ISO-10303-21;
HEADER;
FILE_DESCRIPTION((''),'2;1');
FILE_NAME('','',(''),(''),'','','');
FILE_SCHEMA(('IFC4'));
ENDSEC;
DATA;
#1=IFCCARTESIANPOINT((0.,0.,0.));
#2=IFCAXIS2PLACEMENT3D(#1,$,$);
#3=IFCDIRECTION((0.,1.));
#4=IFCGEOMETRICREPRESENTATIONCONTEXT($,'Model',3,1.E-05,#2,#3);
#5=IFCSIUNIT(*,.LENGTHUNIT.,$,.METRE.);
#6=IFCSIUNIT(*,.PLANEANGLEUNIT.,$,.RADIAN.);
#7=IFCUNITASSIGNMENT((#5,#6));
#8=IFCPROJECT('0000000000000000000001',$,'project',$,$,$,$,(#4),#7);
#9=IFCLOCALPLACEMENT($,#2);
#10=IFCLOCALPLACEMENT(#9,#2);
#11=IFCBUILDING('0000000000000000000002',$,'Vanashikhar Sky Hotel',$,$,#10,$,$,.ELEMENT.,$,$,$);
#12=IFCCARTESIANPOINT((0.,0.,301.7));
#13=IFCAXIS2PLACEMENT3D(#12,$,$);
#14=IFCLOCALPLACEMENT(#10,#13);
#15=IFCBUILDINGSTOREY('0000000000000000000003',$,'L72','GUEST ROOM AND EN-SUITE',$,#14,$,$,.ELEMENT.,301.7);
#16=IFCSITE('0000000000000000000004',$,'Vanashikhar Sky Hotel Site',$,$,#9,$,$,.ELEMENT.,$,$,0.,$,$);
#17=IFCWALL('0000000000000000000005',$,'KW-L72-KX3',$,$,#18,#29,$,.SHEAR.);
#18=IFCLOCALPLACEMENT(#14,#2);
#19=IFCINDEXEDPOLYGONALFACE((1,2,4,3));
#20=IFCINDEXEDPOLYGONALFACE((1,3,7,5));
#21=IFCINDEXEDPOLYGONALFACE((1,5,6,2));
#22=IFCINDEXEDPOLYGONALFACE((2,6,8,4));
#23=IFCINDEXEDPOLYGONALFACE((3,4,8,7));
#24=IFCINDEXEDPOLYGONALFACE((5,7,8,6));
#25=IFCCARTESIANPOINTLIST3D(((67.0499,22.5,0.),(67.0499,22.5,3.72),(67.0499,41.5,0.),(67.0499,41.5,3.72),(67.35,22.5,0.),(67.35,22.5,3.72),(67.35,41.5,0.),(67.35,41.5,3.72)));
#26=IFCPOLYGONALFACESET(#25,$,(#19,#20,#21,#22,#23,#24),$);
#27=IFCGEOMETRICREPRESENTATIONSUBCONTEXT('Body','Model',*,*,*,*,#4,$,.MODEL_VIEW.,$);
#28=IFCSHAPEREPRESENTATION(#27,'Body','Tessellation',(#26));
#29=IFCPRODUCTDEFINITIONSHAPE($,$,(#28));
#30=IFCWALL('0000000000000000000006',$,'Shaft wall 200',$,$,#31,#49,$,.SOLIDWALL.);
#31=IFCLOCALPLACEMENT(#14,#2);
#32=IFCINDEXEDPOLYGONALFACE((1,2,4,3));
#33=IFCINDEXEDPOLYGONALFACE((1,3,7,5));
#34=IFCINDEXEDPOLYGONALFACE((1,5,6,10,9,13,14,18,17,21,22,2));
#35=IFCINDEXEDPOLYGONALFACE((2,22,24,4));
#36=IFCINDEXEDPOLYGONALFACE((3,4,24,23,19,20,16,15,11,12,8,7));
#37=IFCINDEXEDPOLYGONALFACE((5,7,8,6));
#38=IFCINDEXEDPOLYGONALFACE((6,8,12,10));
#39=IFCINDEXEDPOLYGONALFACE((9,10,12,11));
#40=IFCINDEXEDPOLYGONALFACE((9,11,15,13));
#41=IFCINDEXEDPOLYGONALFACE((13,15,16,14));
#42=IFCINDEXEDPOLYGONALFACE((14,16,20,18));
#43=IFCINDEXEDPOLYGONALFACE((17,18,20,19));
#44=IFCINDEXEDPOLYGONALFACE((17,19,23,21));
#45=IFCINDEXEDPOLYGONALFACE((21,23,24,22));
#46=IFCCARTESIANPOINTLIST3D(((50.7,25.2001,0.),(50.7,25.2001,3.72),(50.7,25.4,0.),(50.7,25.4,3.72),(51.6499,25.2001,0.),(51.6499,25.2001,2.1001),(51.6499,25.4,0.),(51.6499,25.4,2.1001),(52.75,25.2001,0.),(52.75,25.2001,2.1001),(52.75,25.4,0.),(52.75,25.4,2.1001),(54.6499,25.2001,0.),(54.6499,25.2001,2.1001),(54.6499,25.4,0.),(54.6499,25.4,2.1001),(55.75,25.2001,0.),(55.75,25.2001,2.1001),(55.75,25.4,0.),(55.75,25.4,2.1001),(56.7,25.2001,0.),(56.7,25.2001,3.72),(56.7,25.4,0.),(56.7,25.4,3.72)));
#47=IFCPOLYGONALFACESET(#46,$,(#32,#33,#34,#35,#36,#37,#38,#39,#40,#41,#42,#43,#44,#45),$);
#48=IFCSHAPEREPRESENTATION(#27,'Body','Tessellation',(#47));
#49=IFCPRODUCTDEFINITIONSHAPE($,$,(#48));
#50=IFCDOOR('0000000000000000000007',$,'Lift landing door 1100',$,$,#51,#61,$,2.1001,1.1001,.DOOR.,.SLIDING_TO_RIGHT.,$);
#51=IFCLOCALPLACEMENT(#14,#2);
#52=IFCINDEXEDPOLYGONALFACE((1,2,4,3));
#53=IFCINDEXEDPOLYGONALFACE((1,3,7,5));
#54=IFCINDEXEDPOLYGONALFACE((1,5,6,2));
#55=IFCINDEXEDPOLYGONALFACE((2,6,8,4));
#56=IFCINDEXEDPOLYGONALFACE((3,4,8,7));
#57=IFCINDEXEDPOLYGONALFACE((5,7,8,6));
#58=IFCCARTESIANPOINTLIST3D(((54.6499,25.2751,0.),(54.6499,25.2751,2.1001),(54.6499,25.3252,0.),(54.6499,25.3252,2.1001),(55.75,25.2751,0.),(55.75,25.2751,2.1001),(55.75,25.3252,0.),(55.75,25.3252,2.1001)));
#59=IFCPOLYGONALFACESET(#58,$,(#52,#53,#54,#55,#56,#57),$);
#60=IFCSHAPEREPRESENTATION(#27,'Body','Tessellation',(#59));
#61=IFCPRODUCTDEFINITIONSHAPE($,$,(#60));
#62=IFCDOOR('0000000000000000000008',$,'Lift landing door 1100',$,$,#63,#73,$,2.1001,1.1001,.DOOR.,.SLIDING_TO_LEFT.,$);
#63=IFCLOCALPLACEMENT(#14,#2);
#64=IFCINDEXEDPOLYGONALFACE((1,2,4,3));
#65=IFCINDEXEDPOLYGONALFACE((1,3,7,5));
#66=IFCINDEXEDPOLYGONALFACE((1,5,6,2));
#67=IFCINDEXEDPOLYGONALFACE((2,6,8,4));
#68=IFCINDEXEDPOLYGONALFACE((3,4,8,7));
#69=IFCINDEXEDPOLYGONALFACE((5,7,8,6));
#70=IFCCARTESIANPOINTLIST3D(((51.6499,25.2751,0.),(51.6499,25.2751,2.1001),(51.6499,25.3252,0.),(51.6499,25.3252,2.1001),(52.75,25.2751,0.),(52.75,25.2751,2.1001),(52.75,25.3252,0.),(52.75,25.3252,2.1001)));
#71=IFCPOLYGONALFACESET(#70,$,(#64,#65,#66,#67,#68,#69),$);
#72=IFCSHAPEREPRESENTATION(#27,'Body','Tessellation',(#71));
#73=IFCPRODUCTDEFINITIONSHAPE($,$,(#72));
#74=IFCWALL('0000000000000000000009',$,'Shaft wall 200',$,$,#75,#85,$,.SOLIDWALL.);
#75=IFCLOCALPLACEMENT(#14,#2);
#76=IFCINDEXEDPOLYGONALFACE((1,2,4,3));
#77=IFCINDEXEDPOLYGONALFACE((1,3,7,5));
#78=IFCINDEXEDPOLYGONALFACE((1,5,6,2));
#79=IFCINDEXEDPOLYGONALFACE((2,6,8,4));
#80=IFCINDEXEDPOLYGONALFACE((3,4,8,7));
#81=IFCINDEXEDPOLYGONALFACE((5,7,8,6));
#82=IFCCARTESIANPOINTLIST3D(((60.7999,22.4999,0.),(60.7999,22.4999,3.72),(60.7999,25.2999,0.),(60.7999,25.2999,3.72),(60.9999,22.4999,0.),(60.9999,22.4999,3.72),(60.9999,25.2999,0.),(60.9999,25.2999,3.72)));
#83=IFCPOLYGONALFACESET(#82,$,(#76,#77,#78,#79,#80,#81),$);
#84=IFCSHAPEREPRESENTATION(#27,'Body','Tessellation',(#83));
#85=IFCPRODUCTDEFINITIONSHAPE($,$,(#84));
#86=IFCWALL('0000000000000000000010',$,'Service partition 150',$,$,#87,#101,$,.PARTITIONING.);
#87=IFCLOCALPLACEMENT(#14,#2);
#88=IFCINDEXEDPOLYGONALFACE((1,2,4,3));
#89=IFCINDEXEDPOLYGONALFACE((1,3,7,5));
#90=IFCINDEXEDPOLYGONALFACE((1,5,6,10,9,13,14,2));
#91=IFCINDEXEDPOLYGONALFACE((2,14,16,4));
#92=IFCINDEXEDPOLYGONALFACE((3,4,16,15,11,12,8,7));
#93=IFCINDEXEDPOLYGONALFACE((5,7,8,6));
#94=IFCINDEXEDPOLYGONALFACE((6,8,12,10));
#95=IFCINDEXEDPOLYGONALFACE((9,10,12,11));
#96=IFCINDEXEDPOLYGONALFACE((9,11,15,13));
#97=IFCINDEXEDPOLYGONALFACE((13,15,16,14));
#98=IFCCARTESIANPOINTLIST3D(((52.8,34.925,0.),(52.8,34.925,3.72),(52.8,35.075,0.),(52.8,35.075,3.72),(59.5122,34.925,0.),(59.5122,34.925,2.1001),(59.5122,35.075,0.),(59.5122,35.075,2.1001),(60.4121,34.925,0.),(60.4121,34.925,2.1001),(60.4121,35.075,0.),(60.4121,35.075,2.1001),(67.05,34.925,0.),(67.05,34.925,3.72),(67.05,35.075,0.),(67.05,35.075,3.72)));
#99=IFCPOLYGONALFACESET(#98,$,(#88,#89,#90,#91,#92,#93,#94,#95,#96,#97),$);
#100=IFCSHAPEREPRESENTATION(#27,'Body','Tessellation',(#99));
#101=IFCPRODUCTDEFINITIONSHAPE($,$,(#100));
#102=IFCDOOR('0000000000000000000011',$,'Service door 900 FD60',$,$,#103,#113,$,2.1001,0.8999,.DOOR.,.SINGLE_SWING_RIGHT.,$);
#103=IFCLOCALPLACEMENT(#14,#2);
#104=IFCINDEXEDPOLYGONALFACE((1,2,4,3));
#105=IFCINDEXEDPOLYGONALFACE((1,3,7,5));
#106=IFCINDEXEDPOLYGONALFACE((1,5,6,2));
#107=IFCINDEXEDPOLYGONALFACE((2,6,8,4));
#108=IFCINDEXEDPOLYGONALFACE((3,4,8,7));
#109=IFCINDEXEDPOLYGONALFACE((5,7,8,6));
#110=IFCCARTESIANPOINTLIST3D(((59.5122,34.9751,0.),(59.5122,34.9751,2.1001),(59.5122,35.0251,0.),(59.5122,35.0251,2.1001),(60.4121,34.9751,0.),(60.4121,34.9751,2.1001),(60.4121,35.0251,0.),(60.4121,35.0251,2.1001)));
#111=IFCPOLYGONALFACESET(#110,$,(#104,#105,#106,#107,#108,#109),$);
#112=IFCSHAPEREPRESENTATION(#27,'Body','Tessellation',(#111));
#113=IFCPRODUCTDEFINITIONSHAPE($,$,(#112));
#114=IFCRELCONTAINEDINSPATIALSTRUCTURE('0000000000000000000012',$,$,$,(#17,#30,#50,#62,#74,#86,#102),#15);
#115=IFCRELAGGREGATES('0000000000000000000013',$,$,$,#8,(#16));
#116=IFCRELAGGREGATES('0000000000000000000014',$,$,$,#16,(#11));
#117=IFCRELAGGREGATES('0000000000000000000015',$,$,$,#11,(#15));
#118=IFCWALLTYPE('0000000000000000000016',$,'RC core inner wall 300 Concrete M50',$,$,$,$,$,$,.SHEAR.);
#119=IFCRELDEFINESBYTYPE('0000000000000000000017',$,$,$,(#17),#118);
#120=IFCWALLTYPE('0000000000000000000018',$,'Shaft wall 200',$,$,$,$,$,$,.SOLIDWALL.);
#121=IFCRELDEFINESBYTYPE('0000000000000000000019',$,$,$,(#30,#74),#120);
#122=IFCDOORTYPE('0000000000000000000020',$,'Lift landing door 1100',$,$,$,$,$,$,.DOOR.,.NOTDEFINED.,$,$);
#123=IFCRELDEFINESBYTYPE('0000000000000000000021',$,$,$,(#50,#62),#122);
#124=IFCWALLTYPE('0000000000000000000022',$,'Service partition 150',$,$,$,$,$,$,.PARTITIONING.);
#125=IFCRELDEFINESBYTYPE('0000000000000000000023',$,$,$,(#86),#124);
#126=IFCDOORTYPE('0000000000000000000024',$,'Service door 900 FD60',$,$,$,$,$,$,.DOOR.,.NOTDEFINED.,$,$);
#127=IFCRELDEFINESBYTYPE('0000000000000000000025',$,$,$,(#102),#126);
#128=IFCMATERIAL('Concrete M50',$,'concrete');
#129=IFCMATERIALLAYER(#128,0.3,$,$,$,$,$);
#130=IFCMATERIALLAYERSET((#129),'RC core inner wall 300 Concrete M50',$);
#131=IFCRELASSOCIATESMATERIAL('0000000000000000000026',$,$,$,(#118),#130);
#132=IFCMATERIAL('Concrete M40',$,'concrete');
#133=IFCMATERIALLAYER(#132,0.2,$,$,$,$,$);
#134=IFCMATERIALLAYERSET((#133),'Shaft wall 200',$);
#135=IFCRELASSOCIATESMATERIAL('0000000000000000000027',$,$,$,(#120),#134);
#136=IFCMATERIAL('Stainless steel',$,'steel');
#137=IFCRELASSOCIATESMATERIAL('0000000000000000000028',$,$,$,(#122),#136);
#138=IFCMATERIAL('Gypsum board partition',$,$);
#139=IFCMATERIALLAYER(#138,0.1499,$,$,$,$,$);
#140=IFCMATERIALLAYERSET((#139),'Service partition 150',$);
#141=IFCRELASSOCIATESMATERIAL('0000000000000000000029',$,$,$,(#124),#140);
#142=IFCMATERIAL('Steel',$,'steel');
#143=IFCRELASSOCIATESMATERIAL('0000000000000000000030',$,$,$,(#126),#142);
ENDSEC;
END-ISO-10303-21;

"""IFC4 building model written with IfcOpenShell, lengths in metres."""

from ifc_helpers import new_model, si_unit, direction, frame, frame_2d, origin, place, context, subcontext, project, spatial, rectangle, extrude, source, transform, mapped, material, layer, layer_set, type_object, element, fill, save


model = new_model("IFC4")

# Units and contexts
model_context = context("Model", 3, precision=1e-05, world=origin(), true_north=direction((0.0, 1.0)))
body_context = subcontext(model_context, "Body", "Model", "MODEL_VIEW")
ifc_project = project(units=[si_unit("LENGTHUNIT", "METRE"), si_unit("PLANEANGLEUNIT", "RADIAN")], contexts=[model_context])

# Site, building, storey
site_placement = place(None, origin())
site = spatial("IfcSite", under=ifc_project, at=site_placement, Name="Vanashikhar Sky Hotel Site", CompositionType="ELEMENT", RefElevation=0.0)
building_placement = place(site_placement, origin())
building = spatial("IfcBuilding", under=site, at=building_placement, Name="Vanashikhar Sky Hotel", CompositionType="ELEMENT")
storey_placement = place(building_placement, frame((0.0, 0.0, 301.7)))
storey = spatial("IfcBuildingStorey", under=building, at=storey_placement, Name="L72", Description="GUEST ROOM AND EN-SUITE", CompositionType="ELEMENT", Elevation=301.7)

# Wall
ifc_material_1 = material(Name="Concrete M50", Category="concrete")
ifc_layer_1 = layer(ifc_material_1, 0.3)
ifc_layer_set_1 = layer_set([ifc_layer_1], Name="RC core inner wall 300 Concrete M50")
wall_type_1 = type_object("IfcWallType", Name="RC core inner wall 300 Concrete M50", PredefinedType="SHEAR", material=ifc_layer_set_1)
shared_shape_1 = source(origin(), body_context, "Body", "SweptSolid", [
    extrude(rectangle(XDim=19.0, YDim=0.3, at=frame_2d((9.5, 0.0))), origin(), (0.0, 0.0, 1.0), 3.72),
])
wall_1_placement = place(storey_placement, frame((67.2, 22.5, 0.0), z_axis=(0.0, 0.0, 1.0), x_axis=(0.0, 1.0, 0.0)))
element("IfcWall", 1, at=wall_1_placement, inside=storey, type_object=wall_type_1, Name="KW-L72-KX3", PredefinedType="SHEAR", context=body_context, shape_type="MappedRepresentation", body=[
    mapped(shared_shape_1, transform((0.0, 0.0, 0.0), scale=1.0)),
])

# Wall, openings, doors
ifc_material_2 = material(Name="Concrete M40", Category="concrete")
ifc_layer_2 = layer(ifc_material_2, 0.2)
ifc_layer_set_2 = layer_set([ifc_layer_2], Name="Shaft wall 200")
wall_type_2 = type_object("IfcWallType", Name="Shaft wall 200", PredefinedType="SOLIDWALL", material=ifc_layer_set_2)
shared_shape_2 = source(origin(), body_context, "Body", "SweptSolid", [
    extrude(rectangle(XDim=6.0, YDim=0.2, at=frame_2d((3.0, 0.0))), origin(), (0.0, 0.0, 1.0), 3.72),
])
wall_2_placement = place(storey_placement, frame((56.7, 25.3, 0.0), z_axis=(0.0, 0.0, 1.0), x_axis=(-1.0, 0.0, 0.0)))
wall_2 = element("IfcWall", 2, at=wall_2_placement, inside=storey, type_object=wall_type_2, Name="Shaft wall 200", PredefinedType="SOLIDWALL", context=body_context, shape_type="MappedRepresentation", body=[
    mapped(shared_shape_2, transform((0.0, 0.0, 0.0), scale=1.0)),
])
shared_shape_3 = source(origin(), body_context, "Body", "SweptSolid", [
    extrude(rectangle(XDim=1.1001, YDim=2.1001, at=frame_2d((0.55, 1.05))), frame((0.0, 0.1099, 0.0), z_axis=(0.0, -1.0, 0.0), x_axis=(1.0, 0.0, 0.0)), (0.0, 0.0, 1.0), 0.22),
])
opening_1_placement = place(wall_2_placement, frame((0.95, 0.0, 0.0)))
opening_1 = element("IfcOpeningElement", 3, at=opening_1_placement, cuts=wall_2, PredefinedType="OPENING", context=body_context, shape_type="MappedRepresentation", body=[
    mapped(shared_shape_3, transform((0.0, 0.0, 0.0), scale=1.0)),
])
opening_2_placement = place(wall_2_placement, frame((3.95, 0.0, 0.0)))
opening_2 = element("IfcOpeningElement", 4, at=opening_2_placement, cuts=wall_2, PredefinedType="OPENING", context=body_context, shape_type="MappedRepresentation", body=[
    mapped(shared_shape_3, transform((0.0, 0.0, 0.0), scale=1.0)),
])
ifc_material_3 = material(Name="Stainless steel", Category="steel")
door_type_1 = type_object("IfcDoorType", Name="Lift landing door 1100", OperationType="NOTDEFINED", PredefinedType="DOOR", material=ifc_material_3)
shared_shape_4 = source(origin(), body_context, "Body", "SweptSolid", [
    extrude(rectangle(XDim=1.1001, YDim=2.1001, at=frame_2d((0.55, 1.05))), frame((0.0, 0.0249, 0.0), z_axis=(0.0, -1.0, 0.0), x_axis=(1.0, 0.0, 0.0)), (0.0, 0.0, 1.0), 0.05),
])
door_1_placement = place(opening_1_placement, origin())
door_1 = element("IfcDoor", 5, at=door_1_placement, inside=storey, type_object=door_type_1, Name="Lift landing door 1100", OperationType="SLIDING_TO_RIGHT", OverallHeight=2.1001, OverallWidth=1.1001, PredefinedType="DOOR", context=body_context, shape_type="MappedRepresentation", body=[
    mapped(shared_shape_4, transform((0.0, 0.0, 0.0), scale=1.0)),
])
fill(opening_1, door_1)
door_2_placement = place(opening_2_placement, origin())
door_2 = element("IfcDoor", 6, at=door_2_placement, inside=storey, type_object=door_type_1, Name="Lift landing door 1100", OperationType="SLIDING_TO_LEFT", OverallHeight=2.1001, OverallWidth=1.1001, PredefinedType="DOOR", context=body_context, shape_type="MappedRepresentation", body=[
    mapped(shared_shape_4, transform((0.0, 0.0, 0.0), scale=1.0)),
])
fill(opening_2, door_2)

# Wall
shared_shape_5 = source(origin(), body_context, "Body", "SweptSolid", [
    extrude(rectangle(XDim=2.8, YDim=0.2, at=frame_2d((1.3999, 0.0))), origin(), (0.0, 0.0, 1.0), 3.72),
])
wall_3_placement = place(storey_placement, frame((60.8999, 22.5, 0.0), z_axis=(0.0, 0.0, 1.0), x_axis=(0.0, 1.0, 0.0)))
element("IfcWall", 7, at=wall_3_placement, inside=storey, type_object=wall_type_2, Name="Shaft wall 200", PredefinedType="SOLIDWALL", context=body_context, shape_type="MappedRepresentation", body=[
    mapped(shared_shape_5, transform((0.0, 0.0, 0.0), scale=1.0)),
])

# Wall, opening, door
ifc_material_4 = material(Name="Gypsum board partition")
ifc_layer_3 = layer(ifc_material_4, 0.1499)
ifc_layer_set_3 = layer_set([ifc_layer_3], Name="Service partition 150")
wall_type_3 = type_object("IfcWallType", Name="Service partition 150", PredefinedType="PARTITIONING", material=ifc_layer_set_3)
shared_shape_6 = source(origin(), body_context, "Body", "SweptSolid", [
    extrude(rectangle(XDim=14.25, YDim=0.1499, at=frame_2d((7.125, 0.0))), origin(), (0.0, 0.0, 1.0), 3.72),
])
wall_4_placement = place(storey_placement, frame((67.05, 35.0, 0.0), z_axis=(0.0, 0.0, 1.0), x_axis=(-1.0, 0.0, 0.0)))
wall_4 = element("IfcWall", 8, at=wall_4_placement, inside=storey, type_object=wall_type_3, Name="Service partition 150", PredefinedType="PARTITIONING", context=body_context, shape_type="MappedRepresentation", body=[
    mapped(shared_shape_6, transform((0.0, 0.0, 0.0), scale=1.0)),
])
shared_shape_7 = source(origin(), body_context, "Body", "SweptSolid", [
    extrude(rectangle(XDim=0.8999, YDim=2.1001, at=frame_2d((0.45, 1.05))), frame((0.0, 0.085, 0.0), z_axis=(0.0, -1.0, 0.0), x_axis=(1.0, 0.0, 0.0)), (0.0, 0.0, 1.0), 0.1699),
])
opening_3_placement = place(wall_4_placement, frame((6.6379, 0.0, 0.0)))
opening_3 = element("IfcOpeningElement", 9, at=opening_3_placement, cuts=wall_4, PredefinedType="OPENING", context=body_context, shape_type="MappedRepresentation", body=[
    mapped(shared_shape_7, transform((0.0, 0.0, 0.0), scale=1.0)),
])
ifc_material_5 = material(Name="Steel", Category="steel")
door_type_2 = type_object("IfcDoorType", Name="Service door 900 FD60", OperationType="NOTDEFINED", PredefinedType="DOOR", material=ifc_material_5)
shared_shape_8 = source(origin(), body_context, "Body", "SweptSolid", [
    extrude(rectangle(XDim=0.8999, YDim=2.1001, at=frame_2d((0.45, 1.05))), frame((0.0, 0.0249, 0.0), z_axis=(0.0, -1.0, 0.0), x_axis=(1.0, 0.0, 0.0)), (0.0, 0.0, 1.0), 0.05),
])
door_3_placement = place(opening_3_placement, origin())
door_3 = element("IfcDoor", 10, at=door_3_placement, inside=storey, type_object=door_type_2, Name="Service door 900 FD60", OperationType="SINGLE_SWING_RIGHT", OverallHeight=2.1001, OverallWidth=0.8999, PredefinedType="DOOR", context=body_context, shape_type="MappedRepresentation", body=[
    mapped(shared_shape_8, transform((0.0, 0.0, 0.0), scale=1.0)),
])
fill(opening_3, door_3)

save(model, "model.ifc")
